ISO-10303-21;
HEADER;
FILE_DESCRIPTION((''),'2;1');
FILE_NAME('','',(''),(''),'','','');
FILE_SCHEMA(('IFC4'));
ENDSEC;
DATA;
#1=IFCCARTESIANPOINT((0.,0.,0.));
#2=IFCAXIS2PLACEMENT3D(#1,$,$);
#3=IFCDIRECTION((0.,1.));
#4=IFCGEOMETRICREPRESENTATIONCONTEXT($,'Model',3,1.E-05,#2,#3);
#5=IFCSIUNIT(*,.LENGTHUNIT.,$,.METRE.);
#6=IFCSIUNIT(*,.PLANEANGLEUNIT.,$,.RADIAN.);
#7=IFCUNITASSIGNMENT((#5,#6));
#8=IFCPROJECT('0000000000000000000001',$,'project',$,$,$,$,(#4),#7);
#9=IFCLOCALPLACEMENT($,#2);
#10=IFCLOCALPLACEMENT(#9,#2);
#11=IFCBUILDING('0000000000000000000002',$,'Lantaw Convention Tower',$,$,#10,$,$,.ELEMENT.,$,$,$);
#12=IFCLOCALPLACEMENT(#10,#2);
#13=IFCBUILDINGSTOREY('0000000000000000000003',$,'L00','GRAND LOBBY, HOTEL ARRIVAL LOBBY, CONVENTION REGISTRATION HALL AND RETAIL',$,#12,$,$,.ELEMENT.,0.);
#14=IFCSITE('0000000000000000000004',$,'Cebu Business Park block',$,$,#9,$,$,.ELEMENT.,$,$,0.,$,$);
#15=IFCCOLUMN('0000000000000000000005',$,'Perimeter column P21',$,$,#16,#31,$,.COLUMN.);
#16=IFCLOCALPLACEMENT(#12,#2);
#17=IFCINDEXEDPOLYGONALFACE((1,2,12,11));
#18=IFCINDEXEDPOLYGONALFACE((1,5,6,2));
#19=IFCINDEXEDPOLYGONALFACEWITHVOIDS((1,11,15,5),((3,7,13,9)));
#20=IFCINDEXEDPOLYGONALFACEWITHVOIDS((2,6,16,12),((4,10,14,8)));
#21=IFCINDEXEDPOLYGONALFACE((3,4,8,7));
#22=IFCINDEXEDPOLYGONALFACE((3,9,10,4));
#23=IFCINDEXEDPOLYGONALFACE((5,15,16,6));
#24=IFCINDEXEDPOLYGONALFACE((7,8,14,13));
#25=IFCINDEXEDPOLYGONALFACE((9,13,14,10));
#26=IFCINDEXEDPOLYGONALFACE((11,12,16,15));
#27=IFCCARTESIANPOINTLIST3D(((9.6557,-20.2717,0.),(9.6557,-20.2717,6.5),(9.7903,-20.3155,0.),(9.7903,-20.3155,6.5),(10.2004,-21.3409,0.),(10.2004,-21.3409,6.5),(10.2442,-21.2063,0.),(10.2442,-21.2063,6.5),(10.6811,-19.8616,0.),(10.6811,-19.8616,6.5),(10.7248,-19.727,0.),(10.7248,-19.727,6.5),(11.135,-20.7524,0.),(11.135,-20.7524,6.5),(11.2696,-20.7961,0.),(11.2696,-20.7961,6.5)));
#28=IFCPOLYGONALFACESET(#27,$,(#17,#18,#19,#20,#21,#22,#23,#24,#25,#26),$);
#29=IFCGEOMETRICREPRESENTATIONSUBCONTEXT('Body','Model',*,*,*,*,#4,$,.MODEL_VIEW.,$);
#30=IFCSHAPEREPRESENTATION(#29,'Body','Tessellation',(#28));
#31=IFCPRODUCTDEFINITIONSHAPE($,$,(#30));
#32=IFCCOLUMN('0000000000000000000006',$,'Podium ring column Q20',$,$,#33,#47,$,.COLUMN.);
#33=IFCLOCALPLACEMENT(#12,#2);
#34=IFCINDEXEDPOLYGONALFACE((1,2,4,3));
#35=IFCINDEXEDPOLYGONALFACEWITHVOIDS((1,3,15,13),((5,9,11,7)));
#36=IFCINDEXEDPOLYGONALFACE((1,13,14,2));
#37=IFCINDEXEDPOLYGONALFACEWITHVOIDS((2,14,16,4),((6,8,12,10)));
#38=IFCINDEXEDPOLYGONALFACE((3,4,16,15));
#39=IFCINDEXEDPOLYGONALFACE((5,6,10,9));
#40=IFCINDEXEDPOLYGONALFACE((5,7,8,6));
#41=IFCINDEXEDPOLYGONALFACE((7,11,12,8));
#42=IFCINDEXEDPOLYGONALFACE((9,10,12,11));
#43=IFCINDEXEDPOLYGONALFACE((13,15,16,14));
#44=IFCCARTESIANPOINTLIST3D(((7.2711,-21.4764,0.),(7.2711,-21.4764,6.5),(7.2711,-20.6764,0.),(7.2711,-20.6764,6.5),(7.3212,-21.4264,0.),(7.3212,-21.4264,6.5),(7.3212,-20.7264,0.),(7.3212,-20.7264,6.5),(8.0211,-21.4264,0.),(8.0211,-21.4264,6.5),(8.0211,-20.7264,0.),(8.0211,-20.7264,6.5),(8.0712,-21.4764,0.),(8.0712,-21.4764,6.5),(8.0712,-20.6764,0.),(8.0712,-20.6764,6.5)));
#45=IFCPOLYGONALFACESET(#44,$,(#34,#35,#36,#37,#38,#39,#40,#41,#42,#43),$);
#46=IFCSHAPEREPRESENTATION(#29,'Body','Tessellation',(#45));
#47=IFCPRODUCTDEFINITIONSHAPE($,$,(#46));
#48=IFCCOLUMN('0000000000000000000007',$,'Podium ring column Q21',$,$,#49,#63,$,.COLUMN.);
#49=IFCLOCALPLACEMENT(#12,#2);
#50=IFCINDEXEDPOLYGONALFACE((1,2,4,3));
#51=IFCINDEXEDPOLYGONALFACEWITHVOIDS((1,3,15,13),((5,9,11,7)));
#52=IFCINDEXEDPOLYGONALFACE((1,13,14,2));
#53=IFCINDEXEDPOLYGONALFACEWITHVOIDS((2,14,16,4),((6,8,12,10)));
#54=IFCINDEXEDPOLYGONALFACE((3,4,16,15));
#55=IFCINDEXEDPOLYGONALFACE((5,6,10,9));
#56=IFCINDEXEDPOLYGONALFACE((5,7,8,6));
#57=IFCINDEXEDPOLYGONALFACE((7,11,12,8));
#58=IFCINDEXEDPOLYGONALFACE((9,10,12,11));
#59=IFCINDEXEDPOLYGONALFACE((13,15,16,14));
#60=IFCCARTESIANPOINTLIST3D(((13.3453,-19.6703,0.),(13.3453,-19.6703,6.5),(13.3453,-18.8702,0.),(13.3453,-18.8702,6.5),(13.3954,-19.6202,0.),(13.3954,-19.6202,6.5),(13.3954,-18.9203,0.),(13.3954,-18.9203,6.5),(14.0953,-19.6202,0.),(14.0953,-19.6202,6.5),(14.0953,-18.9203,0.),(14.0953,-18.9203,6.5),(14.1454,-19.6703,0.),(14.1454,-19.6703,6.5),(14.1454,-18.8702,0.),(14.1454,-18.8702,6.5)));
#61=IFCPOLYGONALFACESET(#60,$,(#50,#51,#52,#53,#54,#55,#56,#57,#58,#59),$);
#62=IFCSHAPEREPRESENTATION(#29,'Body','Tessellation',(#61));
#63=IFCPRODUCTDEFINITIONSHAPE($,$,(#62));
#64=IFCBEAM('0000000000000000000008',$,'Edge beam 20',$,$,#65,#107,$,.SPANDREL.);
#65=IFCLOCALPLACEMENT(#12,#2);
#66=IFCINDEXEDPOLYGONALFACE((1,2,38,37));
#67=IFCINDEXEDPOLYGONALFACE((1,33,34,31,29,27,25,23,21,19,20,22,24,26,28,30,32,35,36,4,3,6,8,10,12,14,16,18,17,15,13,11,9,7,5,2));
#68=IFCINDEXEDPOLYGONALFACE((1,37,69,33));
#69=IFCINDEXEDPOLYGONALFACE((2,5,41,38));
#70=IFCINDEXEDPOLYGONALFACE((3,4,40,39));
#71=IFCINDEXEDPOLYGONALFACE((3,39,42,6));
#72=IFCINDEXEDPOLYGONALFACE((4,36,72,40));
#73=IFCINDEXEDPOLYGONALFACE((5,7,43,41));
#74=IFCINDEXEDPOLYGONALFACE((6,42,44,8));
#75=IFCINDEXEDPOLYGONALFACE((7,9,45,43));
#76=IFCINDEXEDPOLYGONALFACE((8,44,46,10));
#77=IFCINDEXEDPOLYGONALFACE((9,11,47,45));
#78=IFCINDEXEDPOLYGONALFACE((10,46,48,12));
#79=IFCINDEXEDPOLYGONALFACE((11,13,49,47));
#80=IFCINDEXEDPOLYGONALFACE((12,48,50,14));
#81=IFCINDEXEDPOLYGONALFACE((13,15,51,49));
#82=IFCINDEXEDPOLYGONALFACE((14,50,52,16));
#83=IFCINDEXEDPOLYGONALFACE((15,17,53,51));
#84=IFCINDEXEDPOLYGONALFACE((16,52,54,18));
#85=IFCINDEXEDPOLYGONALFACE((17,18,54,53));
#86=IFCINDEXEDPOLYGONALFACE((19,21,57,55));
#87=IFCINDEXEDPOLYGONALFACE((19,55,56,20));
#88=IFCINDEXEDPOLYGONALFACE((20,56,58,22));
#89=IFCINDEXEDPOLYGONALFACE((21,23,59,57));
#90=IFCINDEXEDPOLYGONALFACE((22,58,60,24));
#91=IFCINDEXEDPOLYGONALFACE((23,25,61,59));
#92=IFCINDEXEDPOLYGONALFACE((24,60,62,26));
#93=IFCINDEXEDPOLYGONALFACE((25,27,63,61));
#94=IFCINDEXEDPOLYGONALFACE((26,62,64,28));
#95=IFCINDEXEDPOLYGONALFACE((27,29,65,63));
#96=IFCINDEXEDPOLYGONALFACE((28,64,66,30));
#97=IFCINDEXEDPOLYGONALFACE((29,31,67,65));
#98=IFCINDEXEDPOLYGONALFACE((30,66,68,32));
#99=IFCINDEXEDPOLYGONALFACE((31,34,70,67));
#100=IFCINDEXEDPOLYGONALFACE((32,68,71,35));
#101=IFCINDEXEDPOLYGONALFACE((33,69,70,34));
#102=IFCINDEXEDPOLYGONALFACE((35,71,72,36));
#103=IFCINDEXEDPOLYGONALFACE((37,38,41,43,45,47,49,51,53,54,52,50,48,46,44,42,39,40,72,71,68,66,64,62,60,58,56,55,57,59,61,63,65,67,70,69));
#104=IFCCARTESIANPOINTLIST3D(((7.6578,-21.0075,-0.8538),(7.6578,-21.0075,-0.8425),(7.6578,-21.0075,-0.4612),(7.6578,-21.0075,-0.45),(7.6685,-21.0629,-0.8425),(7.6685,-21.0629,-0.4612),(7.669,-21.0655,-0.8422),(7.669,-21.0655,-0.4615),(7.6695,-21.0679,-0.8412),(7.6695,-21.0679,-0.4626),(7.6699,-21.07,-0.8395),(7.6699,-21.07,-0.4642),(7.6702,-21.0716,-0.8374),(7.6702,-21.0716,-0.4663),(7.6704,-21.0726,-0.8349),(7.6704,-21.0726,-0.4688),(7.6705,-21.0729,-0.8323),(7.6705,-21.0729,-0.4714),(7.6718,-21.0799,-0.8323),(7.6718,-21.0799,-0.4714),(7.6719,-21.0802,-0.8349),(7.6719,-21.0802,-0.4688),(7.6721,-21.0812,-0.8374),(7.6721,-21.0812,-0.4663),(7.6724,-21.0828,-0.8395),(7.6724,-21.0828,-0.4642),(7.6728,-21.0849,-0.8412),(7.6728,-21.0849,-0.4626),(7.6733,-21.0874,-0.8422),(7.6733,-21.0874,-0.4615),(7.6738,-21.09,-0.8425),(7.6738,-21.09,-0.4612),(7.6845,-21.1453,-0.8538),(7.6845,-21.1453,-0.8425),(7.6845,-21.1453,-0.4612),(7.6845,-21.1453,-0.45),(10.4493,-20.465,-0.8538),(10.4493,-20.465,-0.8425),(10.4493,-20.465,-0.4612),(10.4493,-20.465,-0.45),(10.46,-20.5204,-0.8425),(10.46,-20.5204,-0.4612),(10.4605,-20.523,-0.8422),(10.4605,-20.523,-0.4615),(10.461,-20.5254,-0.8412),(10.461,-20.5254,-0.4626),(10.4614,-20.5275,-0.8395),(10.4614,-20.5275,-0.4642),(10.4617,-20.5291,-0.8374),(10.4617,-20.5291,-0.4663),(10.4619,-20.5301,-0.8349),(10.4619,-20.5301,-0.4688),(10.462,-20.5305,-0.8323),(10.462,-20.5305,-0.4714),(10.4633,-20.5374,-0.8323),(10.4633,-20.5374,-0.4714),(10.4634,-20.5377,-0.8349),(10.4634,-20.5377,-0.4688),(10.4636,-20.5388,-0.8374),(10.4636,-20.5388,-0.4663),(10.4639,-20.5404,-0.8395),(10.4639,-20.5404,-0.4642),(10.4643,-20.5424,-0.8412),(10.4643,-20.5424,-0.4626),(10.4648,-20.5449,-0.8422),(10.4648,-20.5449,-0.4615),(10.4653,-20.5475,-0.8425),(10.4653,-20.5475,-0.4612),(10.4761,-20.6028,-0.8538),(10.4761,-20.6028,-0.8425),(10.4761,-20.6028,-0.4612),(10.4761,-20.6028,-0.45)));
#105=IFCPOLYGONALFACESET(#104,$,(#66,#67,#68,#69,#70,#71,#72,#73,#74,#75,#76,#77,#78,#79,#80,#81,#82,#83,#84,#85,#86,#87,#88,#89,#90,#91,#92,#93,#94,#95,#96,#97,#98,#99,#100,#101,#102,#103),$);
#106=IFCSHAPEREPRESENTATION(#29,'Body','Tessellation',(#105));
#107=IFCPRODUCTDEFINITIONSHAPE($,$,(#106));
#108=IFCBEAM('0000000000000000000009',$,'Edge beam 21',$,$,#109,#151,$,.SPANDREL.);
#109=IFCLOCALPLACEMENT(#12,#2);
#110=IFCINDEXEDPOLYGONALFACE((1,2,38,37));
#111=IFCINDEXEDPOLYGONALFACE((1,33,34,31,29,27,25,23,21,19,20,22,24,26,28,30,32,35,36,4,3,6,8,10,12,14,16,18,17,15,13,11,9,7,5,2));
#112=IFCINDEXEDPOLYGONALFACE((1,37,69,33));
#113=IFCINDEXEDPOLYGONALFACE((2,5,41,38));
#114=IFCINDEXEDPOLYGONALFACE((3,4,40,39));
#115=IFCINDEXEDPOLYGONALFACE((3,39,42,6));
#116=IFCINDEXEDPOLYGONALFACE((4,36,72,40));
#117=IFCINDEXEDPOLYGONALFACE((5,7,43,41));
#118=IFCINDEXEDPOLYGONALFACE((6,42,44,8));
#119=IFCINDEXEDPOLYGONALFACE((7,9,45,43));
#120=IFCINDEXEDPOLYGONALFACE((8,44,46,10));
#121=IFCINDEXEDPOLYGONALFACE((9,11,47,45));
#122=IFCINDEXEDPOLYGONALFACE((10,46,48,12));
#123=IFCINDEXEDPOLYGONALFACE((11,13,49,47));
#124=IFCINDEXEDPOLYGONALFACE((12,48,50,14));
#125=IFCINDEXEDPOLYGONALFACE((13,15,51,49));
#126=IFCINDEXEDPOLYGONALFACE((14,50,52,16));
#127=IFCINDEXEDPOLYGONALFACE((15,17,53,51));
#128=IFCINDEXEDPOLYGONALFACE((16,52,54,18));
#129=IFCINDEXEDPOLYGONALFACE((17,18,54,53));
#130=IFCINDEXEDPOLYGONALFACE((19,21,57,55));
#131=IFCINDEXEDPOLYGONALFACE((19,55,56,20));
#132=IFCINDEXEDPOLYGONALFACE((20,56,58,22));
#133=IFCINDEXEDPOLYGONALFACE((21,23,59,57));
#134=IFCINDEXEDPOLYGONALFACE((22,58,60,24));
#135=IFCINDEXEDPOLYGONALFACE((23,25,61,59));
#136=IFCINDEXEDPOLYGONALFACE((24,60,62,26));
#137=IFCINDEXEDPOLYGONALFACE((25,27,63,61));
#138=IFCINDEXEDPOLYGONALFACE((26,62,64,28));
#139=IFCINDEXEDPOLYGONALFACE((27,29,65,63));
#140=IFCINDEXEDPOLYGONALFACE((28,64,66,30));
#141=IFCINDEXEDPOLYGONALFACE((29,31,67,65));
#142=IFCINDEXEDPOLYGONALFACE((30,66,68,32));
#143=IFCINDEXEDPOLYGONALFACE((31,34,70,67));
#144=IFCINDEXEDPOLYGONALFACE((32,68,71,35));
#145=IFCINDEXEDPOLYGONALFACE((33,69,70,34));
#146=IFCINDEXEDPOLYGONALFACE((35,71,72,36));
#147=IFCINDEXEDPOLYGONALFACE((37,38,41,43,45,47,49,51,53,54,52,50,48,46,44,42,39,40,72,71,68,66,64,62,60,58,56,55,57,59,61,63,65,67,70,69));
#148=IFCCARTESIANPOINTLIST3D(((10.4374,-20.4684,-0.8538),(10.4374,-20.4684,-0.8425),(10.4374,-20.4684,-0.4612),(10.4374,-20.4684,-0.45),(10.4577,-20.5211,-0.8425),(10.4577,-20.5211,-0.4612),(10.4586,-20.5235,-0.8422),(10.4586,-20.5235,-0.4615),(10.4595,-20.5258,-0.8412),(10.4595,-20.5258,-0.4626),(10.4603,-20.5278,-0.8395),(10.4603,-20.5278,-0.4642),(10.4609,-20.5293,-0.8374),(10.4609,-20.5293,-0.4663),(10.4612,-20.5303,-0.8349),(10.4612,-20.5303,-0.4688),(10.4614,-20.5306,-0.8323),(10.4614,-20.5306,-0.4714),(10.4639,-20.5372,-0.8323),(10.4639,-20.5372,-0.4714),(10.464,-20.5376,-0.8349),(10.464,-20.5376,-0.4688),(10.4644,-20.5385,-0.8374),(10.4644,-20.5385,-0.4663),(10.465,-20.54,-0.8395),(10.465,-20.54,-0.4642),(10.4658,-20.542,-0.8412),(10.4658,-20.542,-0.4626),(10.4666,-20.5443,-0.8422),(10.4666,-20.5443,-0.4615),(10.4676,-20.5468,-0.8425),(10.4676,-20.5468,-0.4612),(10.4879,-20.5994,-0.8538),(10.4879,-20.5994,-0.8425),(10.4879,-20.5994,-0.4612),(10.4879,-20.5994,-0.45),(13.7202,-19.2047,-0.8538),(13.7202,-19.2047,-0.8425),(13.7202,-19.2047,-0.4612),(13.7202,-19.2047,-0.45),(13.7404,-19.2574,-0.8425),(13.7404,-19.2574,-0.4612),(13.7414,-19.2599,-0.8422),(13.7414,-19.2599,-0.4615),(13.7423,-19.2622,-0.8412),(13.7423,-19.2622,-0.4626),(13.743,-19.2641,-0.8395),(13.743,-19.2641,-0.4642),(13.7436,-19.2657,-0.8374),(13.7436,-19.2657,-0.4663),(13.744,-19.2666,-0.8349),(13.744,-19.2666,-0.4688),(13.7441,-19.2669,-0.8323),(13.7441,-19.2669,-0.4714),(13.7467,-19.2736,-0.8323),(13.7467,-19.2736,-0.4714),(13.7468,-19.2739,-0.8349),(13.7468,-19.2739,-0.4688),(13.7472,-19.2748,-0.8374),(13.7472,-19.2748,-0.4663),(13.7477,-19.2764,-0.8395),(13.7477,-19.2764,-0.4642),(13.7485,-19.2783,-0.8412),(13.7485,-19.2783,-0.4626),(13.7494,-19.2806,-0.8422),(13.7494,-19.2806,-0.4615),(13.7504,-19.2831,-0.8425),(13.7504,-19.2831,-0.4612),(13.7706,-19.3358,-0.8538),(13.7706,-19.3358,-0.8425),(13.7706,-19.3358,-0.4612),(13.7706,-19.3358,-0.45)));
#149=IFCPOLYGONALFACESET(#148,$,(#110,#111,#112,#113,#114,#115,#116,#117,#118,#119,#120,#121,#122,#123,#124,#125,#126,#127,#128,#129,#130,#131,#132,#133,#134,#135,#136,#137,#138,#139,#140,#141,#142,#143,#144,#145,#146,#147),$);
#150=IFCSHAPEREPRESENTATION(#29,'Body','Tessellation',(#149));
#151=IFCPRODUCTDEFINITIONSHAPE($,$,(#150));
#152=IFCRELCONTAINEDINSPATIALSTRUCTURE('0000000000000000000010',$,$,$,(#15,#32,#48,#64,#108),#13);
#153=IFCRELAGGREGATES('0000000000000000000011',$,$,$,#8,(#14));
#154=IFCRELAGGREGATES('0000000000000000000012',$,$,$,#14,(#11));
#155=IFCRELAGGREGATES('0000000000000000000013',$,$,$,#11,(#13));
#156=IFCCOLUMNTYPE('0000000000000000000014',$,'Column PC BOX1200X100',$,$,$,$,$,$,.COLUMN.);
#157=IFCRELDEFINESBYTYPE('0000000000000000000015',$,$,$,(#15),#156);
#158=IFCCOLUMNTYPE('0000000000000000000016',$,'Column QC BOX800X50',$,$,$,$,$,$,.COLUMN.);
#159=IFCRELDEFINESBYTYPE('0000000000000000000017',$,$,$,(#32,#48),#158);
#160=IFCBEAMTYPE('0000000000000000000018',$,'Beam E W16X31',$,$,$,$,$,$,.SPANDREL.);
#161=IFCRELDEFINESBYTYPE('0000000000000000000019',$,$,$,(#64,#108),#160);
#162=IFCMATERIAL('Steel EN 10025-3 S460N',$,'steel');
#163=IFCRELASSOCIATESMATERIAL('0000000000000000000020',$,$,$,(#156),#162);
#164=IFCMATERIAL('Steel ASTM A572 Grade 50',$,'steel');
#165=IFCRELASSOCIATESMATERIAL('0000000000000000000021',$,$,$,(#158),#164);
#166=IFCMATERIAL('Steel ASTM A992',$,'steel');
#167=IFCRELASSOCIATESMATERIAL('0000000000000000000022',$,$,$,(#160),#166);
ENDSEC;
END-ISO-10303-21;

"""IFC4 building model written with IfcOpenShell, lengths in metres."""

from ifc_helpers import new_model, si_unit, direction, frame, origin, origin_2d, place, context, subcontext, project, spatial, rectangle, hollow_rectangle, i_section, extrude, material, material_profile, profile_set, type_object, element, save


model = new_model("IFC4")

# Units and contexts
model_context = context("Model", 3, precision=1e-05, world=origin(), true_north=direction((0.0, 1.0)))
body_context = subcontext(model_context, "Body", "Model", "MODEL_VIEW")
ifc_project = project(units=[si_unit("LENGTHUNIT", "METRE"), si_unit("PLANEANGLEUNIT", "RADIAN")], contexts=[model_context])

# Site, building, storey
site_placement = place(None, origin())
site = spatial("IfcSite", under=ifc_project, at=site_placement, Name="Cebu Business Park block", CompositionType="ELEMENT", RefElevation=0.0)
building_placement = place(site_placement, origin())
building = spatial("IfcBuilding", under=site, at=building_placement, Name="Lantaw Convention Tower", CompositionType="ELEMENT")
storey_placement = place(building_placement, origin())
storey = spatial("IfcBuildingStorey", under=building, at=storey_placement, Name="L00", Description="GRAND LOBBY, HOTEL ARRIVAL LOBBY, CONVENTION REGISTRATION HALL AND RETAIL", CompositionType="ELEMENT", Elevation=0.0)

# Columns
ifc_material_1 = material(Name="Steel EN 10025-3 S460N", Category="steel")
ifc_material_profile_1 = material_profile(ifc_material_1, hollow_rectangle(XDim=1.2, YDim=1.2, WallThickness=0.1001, at=origin_2d()), Name="BOX1200X100")
ifc_material_2 = material(Name="Concrete C60/75", Category="concrete")
ifc_material_profile_2 = material_profile(ifc_material_2, rectangle(XDim=1.0, YDim=1.0, at=origin_2d()), Name="Concrete fill of BOX1200X100")
ifc_profile_set_1 = profile_set([ifc_material_profile_1, ifc_material_profile_2], Name="Steel EN 10025-3 S460N")
column_type_1 = type_object("IfcColumnType", Name="Column PC BOX1200X100", PredefinedType="COLUMN", material=ifc_profile_set_1)
column_placement = place(storey_placement, frame((10.4626, -20.5339, 0.0), z_axis=(0.0, 0.0, 1.0), x_axis=(0.891007, 0.45399, 0.0)))
element("IfcColumn", 1, at=column_placement, inside=storey, type_object=column_type_1, Name="Perimeter column P21", PredefinedType="COLUMN", context=body_context, shape_type="SweptSolid", body=[
    extrude(hollow_rectangle(XDim=1.2, YDim=1.2, WallThickness=0.1001, at=origin_2d()), origin(), (0.0, 0.0, 1.0), 6.5),
])
ifc_material_3 = material(Name="Steel ASTM A572 Grade 50", Category="steel")
ifc_material_profile_3 = material_profile(ifc_material_3, hollow_rectangle(XDim=0.8, YDim=0.8, WallThickness=0.05, at=origin_2d()), Name="BOX800X50")
ifc_profile_set_2 = profile_set([ifc_material_profile_3], Name="Steel ASTM A572 Grade 50")
column_type_2 = type_object("IfcColumnType", Name="Column QC BOX800X50", PredefinedType="COLUMN", material=ifc_profile_set_2)
for number, where, z_axis, x_axis, name in (
    (2, (7.6711, -21.0764, 0.0), (0.0, 0.0, 1.0), (1.0, 0.0, 0.0), "Podium ring column Q20"),
    (3, (13.7454, -19.2703, 0.0), (0.0, 0.0, 1.0), (1.0, 0.0, 0.0), "Podium ring column Q21"),
):
    element("IfcColumn", number, at=place(storey_placement, frame(where, z_axis=z_axis, x_axis=x_axis)), inside=storey, type_object=column_type_2, Name=name, PredefinedType="COLUMN", context=body_context, shape_type="SweptSolid", body=[
        extrude(hollow_rectangle(XDim=0.8, YDim=0.8, WallThickness=0.05, at=origin_2d()), origin(), (0.0, 0.0, 1.0), 6.5),
    ])

# Beams
ifc_material_4 = material(Name="Steel ASTM A992", Category="steel")
ifc_material_profile_4 = material_profile(ifc_material_4, i_section(OverallWidth=0.1404, OverallDepth=0.4038, WebThickness=0.0071, FlangeThickness=0.0112, FilletRadius=0.0103, at=origin_2d()), Name="W16X31")
ifc_profile_set_3 = profile_set([ifc_material_profile_4], Name="Steel ASTM A992")
beam_type_1 = type_object("IfcBeamType", Name="Beam E W16X31", PredefinedType="SPANDREL", material=ifc_profile_set_3)
beam_1_placement = place(storey_placement, frame((7.6711, -21.0764, -0.6519), z_axis=(0.981636, 0.190764, 0.0), x_axis=(-0.190764, 0.981636, 0.0)))
element("IfcBeam", 4, at=beam_1_placement, inside=storey, type_object=beam_type_1, Name="Edge beam 20", PredefinedType="SPANDREL", context=body_context, shape_type="SweptSolid", body=[
    extrude(i_section(OverallWidth=0.1404, OverallDepth=0.4038, WebThickness=0.0071, FlangeThickness=0.0112, FilletRadius=0.0103, at=origin_2d()), origin(), (0.0, 0.0, 1.0), 2.8438),
])
beam_2_placement = place(storey_placement, frame((10.4626, -20.5339, -0.6519), z_axis=(0.933242, 0.359249, 0.0), x_axis=(-0.359249, 0.933242, 0.0)))
element("IfcBeam", 5, at=beam_2_placement, inside=storey, type_object=beam_type_1, Name="Edge beam 21", PredefinedType="SPANDREL", context=body_context, shape_type="SweptSolid", body=[
    extrude(i_section(OverallWidth=0.1404, OverallDepth=0.4038, WebThickness=0.0071, FlangeThickness=0.0112, FilletRadius=0.0103, at=origin_2d()), origin(), (0.0, 0.0, 1.0), 3.5176),
])

save(model, "model.ifc")
